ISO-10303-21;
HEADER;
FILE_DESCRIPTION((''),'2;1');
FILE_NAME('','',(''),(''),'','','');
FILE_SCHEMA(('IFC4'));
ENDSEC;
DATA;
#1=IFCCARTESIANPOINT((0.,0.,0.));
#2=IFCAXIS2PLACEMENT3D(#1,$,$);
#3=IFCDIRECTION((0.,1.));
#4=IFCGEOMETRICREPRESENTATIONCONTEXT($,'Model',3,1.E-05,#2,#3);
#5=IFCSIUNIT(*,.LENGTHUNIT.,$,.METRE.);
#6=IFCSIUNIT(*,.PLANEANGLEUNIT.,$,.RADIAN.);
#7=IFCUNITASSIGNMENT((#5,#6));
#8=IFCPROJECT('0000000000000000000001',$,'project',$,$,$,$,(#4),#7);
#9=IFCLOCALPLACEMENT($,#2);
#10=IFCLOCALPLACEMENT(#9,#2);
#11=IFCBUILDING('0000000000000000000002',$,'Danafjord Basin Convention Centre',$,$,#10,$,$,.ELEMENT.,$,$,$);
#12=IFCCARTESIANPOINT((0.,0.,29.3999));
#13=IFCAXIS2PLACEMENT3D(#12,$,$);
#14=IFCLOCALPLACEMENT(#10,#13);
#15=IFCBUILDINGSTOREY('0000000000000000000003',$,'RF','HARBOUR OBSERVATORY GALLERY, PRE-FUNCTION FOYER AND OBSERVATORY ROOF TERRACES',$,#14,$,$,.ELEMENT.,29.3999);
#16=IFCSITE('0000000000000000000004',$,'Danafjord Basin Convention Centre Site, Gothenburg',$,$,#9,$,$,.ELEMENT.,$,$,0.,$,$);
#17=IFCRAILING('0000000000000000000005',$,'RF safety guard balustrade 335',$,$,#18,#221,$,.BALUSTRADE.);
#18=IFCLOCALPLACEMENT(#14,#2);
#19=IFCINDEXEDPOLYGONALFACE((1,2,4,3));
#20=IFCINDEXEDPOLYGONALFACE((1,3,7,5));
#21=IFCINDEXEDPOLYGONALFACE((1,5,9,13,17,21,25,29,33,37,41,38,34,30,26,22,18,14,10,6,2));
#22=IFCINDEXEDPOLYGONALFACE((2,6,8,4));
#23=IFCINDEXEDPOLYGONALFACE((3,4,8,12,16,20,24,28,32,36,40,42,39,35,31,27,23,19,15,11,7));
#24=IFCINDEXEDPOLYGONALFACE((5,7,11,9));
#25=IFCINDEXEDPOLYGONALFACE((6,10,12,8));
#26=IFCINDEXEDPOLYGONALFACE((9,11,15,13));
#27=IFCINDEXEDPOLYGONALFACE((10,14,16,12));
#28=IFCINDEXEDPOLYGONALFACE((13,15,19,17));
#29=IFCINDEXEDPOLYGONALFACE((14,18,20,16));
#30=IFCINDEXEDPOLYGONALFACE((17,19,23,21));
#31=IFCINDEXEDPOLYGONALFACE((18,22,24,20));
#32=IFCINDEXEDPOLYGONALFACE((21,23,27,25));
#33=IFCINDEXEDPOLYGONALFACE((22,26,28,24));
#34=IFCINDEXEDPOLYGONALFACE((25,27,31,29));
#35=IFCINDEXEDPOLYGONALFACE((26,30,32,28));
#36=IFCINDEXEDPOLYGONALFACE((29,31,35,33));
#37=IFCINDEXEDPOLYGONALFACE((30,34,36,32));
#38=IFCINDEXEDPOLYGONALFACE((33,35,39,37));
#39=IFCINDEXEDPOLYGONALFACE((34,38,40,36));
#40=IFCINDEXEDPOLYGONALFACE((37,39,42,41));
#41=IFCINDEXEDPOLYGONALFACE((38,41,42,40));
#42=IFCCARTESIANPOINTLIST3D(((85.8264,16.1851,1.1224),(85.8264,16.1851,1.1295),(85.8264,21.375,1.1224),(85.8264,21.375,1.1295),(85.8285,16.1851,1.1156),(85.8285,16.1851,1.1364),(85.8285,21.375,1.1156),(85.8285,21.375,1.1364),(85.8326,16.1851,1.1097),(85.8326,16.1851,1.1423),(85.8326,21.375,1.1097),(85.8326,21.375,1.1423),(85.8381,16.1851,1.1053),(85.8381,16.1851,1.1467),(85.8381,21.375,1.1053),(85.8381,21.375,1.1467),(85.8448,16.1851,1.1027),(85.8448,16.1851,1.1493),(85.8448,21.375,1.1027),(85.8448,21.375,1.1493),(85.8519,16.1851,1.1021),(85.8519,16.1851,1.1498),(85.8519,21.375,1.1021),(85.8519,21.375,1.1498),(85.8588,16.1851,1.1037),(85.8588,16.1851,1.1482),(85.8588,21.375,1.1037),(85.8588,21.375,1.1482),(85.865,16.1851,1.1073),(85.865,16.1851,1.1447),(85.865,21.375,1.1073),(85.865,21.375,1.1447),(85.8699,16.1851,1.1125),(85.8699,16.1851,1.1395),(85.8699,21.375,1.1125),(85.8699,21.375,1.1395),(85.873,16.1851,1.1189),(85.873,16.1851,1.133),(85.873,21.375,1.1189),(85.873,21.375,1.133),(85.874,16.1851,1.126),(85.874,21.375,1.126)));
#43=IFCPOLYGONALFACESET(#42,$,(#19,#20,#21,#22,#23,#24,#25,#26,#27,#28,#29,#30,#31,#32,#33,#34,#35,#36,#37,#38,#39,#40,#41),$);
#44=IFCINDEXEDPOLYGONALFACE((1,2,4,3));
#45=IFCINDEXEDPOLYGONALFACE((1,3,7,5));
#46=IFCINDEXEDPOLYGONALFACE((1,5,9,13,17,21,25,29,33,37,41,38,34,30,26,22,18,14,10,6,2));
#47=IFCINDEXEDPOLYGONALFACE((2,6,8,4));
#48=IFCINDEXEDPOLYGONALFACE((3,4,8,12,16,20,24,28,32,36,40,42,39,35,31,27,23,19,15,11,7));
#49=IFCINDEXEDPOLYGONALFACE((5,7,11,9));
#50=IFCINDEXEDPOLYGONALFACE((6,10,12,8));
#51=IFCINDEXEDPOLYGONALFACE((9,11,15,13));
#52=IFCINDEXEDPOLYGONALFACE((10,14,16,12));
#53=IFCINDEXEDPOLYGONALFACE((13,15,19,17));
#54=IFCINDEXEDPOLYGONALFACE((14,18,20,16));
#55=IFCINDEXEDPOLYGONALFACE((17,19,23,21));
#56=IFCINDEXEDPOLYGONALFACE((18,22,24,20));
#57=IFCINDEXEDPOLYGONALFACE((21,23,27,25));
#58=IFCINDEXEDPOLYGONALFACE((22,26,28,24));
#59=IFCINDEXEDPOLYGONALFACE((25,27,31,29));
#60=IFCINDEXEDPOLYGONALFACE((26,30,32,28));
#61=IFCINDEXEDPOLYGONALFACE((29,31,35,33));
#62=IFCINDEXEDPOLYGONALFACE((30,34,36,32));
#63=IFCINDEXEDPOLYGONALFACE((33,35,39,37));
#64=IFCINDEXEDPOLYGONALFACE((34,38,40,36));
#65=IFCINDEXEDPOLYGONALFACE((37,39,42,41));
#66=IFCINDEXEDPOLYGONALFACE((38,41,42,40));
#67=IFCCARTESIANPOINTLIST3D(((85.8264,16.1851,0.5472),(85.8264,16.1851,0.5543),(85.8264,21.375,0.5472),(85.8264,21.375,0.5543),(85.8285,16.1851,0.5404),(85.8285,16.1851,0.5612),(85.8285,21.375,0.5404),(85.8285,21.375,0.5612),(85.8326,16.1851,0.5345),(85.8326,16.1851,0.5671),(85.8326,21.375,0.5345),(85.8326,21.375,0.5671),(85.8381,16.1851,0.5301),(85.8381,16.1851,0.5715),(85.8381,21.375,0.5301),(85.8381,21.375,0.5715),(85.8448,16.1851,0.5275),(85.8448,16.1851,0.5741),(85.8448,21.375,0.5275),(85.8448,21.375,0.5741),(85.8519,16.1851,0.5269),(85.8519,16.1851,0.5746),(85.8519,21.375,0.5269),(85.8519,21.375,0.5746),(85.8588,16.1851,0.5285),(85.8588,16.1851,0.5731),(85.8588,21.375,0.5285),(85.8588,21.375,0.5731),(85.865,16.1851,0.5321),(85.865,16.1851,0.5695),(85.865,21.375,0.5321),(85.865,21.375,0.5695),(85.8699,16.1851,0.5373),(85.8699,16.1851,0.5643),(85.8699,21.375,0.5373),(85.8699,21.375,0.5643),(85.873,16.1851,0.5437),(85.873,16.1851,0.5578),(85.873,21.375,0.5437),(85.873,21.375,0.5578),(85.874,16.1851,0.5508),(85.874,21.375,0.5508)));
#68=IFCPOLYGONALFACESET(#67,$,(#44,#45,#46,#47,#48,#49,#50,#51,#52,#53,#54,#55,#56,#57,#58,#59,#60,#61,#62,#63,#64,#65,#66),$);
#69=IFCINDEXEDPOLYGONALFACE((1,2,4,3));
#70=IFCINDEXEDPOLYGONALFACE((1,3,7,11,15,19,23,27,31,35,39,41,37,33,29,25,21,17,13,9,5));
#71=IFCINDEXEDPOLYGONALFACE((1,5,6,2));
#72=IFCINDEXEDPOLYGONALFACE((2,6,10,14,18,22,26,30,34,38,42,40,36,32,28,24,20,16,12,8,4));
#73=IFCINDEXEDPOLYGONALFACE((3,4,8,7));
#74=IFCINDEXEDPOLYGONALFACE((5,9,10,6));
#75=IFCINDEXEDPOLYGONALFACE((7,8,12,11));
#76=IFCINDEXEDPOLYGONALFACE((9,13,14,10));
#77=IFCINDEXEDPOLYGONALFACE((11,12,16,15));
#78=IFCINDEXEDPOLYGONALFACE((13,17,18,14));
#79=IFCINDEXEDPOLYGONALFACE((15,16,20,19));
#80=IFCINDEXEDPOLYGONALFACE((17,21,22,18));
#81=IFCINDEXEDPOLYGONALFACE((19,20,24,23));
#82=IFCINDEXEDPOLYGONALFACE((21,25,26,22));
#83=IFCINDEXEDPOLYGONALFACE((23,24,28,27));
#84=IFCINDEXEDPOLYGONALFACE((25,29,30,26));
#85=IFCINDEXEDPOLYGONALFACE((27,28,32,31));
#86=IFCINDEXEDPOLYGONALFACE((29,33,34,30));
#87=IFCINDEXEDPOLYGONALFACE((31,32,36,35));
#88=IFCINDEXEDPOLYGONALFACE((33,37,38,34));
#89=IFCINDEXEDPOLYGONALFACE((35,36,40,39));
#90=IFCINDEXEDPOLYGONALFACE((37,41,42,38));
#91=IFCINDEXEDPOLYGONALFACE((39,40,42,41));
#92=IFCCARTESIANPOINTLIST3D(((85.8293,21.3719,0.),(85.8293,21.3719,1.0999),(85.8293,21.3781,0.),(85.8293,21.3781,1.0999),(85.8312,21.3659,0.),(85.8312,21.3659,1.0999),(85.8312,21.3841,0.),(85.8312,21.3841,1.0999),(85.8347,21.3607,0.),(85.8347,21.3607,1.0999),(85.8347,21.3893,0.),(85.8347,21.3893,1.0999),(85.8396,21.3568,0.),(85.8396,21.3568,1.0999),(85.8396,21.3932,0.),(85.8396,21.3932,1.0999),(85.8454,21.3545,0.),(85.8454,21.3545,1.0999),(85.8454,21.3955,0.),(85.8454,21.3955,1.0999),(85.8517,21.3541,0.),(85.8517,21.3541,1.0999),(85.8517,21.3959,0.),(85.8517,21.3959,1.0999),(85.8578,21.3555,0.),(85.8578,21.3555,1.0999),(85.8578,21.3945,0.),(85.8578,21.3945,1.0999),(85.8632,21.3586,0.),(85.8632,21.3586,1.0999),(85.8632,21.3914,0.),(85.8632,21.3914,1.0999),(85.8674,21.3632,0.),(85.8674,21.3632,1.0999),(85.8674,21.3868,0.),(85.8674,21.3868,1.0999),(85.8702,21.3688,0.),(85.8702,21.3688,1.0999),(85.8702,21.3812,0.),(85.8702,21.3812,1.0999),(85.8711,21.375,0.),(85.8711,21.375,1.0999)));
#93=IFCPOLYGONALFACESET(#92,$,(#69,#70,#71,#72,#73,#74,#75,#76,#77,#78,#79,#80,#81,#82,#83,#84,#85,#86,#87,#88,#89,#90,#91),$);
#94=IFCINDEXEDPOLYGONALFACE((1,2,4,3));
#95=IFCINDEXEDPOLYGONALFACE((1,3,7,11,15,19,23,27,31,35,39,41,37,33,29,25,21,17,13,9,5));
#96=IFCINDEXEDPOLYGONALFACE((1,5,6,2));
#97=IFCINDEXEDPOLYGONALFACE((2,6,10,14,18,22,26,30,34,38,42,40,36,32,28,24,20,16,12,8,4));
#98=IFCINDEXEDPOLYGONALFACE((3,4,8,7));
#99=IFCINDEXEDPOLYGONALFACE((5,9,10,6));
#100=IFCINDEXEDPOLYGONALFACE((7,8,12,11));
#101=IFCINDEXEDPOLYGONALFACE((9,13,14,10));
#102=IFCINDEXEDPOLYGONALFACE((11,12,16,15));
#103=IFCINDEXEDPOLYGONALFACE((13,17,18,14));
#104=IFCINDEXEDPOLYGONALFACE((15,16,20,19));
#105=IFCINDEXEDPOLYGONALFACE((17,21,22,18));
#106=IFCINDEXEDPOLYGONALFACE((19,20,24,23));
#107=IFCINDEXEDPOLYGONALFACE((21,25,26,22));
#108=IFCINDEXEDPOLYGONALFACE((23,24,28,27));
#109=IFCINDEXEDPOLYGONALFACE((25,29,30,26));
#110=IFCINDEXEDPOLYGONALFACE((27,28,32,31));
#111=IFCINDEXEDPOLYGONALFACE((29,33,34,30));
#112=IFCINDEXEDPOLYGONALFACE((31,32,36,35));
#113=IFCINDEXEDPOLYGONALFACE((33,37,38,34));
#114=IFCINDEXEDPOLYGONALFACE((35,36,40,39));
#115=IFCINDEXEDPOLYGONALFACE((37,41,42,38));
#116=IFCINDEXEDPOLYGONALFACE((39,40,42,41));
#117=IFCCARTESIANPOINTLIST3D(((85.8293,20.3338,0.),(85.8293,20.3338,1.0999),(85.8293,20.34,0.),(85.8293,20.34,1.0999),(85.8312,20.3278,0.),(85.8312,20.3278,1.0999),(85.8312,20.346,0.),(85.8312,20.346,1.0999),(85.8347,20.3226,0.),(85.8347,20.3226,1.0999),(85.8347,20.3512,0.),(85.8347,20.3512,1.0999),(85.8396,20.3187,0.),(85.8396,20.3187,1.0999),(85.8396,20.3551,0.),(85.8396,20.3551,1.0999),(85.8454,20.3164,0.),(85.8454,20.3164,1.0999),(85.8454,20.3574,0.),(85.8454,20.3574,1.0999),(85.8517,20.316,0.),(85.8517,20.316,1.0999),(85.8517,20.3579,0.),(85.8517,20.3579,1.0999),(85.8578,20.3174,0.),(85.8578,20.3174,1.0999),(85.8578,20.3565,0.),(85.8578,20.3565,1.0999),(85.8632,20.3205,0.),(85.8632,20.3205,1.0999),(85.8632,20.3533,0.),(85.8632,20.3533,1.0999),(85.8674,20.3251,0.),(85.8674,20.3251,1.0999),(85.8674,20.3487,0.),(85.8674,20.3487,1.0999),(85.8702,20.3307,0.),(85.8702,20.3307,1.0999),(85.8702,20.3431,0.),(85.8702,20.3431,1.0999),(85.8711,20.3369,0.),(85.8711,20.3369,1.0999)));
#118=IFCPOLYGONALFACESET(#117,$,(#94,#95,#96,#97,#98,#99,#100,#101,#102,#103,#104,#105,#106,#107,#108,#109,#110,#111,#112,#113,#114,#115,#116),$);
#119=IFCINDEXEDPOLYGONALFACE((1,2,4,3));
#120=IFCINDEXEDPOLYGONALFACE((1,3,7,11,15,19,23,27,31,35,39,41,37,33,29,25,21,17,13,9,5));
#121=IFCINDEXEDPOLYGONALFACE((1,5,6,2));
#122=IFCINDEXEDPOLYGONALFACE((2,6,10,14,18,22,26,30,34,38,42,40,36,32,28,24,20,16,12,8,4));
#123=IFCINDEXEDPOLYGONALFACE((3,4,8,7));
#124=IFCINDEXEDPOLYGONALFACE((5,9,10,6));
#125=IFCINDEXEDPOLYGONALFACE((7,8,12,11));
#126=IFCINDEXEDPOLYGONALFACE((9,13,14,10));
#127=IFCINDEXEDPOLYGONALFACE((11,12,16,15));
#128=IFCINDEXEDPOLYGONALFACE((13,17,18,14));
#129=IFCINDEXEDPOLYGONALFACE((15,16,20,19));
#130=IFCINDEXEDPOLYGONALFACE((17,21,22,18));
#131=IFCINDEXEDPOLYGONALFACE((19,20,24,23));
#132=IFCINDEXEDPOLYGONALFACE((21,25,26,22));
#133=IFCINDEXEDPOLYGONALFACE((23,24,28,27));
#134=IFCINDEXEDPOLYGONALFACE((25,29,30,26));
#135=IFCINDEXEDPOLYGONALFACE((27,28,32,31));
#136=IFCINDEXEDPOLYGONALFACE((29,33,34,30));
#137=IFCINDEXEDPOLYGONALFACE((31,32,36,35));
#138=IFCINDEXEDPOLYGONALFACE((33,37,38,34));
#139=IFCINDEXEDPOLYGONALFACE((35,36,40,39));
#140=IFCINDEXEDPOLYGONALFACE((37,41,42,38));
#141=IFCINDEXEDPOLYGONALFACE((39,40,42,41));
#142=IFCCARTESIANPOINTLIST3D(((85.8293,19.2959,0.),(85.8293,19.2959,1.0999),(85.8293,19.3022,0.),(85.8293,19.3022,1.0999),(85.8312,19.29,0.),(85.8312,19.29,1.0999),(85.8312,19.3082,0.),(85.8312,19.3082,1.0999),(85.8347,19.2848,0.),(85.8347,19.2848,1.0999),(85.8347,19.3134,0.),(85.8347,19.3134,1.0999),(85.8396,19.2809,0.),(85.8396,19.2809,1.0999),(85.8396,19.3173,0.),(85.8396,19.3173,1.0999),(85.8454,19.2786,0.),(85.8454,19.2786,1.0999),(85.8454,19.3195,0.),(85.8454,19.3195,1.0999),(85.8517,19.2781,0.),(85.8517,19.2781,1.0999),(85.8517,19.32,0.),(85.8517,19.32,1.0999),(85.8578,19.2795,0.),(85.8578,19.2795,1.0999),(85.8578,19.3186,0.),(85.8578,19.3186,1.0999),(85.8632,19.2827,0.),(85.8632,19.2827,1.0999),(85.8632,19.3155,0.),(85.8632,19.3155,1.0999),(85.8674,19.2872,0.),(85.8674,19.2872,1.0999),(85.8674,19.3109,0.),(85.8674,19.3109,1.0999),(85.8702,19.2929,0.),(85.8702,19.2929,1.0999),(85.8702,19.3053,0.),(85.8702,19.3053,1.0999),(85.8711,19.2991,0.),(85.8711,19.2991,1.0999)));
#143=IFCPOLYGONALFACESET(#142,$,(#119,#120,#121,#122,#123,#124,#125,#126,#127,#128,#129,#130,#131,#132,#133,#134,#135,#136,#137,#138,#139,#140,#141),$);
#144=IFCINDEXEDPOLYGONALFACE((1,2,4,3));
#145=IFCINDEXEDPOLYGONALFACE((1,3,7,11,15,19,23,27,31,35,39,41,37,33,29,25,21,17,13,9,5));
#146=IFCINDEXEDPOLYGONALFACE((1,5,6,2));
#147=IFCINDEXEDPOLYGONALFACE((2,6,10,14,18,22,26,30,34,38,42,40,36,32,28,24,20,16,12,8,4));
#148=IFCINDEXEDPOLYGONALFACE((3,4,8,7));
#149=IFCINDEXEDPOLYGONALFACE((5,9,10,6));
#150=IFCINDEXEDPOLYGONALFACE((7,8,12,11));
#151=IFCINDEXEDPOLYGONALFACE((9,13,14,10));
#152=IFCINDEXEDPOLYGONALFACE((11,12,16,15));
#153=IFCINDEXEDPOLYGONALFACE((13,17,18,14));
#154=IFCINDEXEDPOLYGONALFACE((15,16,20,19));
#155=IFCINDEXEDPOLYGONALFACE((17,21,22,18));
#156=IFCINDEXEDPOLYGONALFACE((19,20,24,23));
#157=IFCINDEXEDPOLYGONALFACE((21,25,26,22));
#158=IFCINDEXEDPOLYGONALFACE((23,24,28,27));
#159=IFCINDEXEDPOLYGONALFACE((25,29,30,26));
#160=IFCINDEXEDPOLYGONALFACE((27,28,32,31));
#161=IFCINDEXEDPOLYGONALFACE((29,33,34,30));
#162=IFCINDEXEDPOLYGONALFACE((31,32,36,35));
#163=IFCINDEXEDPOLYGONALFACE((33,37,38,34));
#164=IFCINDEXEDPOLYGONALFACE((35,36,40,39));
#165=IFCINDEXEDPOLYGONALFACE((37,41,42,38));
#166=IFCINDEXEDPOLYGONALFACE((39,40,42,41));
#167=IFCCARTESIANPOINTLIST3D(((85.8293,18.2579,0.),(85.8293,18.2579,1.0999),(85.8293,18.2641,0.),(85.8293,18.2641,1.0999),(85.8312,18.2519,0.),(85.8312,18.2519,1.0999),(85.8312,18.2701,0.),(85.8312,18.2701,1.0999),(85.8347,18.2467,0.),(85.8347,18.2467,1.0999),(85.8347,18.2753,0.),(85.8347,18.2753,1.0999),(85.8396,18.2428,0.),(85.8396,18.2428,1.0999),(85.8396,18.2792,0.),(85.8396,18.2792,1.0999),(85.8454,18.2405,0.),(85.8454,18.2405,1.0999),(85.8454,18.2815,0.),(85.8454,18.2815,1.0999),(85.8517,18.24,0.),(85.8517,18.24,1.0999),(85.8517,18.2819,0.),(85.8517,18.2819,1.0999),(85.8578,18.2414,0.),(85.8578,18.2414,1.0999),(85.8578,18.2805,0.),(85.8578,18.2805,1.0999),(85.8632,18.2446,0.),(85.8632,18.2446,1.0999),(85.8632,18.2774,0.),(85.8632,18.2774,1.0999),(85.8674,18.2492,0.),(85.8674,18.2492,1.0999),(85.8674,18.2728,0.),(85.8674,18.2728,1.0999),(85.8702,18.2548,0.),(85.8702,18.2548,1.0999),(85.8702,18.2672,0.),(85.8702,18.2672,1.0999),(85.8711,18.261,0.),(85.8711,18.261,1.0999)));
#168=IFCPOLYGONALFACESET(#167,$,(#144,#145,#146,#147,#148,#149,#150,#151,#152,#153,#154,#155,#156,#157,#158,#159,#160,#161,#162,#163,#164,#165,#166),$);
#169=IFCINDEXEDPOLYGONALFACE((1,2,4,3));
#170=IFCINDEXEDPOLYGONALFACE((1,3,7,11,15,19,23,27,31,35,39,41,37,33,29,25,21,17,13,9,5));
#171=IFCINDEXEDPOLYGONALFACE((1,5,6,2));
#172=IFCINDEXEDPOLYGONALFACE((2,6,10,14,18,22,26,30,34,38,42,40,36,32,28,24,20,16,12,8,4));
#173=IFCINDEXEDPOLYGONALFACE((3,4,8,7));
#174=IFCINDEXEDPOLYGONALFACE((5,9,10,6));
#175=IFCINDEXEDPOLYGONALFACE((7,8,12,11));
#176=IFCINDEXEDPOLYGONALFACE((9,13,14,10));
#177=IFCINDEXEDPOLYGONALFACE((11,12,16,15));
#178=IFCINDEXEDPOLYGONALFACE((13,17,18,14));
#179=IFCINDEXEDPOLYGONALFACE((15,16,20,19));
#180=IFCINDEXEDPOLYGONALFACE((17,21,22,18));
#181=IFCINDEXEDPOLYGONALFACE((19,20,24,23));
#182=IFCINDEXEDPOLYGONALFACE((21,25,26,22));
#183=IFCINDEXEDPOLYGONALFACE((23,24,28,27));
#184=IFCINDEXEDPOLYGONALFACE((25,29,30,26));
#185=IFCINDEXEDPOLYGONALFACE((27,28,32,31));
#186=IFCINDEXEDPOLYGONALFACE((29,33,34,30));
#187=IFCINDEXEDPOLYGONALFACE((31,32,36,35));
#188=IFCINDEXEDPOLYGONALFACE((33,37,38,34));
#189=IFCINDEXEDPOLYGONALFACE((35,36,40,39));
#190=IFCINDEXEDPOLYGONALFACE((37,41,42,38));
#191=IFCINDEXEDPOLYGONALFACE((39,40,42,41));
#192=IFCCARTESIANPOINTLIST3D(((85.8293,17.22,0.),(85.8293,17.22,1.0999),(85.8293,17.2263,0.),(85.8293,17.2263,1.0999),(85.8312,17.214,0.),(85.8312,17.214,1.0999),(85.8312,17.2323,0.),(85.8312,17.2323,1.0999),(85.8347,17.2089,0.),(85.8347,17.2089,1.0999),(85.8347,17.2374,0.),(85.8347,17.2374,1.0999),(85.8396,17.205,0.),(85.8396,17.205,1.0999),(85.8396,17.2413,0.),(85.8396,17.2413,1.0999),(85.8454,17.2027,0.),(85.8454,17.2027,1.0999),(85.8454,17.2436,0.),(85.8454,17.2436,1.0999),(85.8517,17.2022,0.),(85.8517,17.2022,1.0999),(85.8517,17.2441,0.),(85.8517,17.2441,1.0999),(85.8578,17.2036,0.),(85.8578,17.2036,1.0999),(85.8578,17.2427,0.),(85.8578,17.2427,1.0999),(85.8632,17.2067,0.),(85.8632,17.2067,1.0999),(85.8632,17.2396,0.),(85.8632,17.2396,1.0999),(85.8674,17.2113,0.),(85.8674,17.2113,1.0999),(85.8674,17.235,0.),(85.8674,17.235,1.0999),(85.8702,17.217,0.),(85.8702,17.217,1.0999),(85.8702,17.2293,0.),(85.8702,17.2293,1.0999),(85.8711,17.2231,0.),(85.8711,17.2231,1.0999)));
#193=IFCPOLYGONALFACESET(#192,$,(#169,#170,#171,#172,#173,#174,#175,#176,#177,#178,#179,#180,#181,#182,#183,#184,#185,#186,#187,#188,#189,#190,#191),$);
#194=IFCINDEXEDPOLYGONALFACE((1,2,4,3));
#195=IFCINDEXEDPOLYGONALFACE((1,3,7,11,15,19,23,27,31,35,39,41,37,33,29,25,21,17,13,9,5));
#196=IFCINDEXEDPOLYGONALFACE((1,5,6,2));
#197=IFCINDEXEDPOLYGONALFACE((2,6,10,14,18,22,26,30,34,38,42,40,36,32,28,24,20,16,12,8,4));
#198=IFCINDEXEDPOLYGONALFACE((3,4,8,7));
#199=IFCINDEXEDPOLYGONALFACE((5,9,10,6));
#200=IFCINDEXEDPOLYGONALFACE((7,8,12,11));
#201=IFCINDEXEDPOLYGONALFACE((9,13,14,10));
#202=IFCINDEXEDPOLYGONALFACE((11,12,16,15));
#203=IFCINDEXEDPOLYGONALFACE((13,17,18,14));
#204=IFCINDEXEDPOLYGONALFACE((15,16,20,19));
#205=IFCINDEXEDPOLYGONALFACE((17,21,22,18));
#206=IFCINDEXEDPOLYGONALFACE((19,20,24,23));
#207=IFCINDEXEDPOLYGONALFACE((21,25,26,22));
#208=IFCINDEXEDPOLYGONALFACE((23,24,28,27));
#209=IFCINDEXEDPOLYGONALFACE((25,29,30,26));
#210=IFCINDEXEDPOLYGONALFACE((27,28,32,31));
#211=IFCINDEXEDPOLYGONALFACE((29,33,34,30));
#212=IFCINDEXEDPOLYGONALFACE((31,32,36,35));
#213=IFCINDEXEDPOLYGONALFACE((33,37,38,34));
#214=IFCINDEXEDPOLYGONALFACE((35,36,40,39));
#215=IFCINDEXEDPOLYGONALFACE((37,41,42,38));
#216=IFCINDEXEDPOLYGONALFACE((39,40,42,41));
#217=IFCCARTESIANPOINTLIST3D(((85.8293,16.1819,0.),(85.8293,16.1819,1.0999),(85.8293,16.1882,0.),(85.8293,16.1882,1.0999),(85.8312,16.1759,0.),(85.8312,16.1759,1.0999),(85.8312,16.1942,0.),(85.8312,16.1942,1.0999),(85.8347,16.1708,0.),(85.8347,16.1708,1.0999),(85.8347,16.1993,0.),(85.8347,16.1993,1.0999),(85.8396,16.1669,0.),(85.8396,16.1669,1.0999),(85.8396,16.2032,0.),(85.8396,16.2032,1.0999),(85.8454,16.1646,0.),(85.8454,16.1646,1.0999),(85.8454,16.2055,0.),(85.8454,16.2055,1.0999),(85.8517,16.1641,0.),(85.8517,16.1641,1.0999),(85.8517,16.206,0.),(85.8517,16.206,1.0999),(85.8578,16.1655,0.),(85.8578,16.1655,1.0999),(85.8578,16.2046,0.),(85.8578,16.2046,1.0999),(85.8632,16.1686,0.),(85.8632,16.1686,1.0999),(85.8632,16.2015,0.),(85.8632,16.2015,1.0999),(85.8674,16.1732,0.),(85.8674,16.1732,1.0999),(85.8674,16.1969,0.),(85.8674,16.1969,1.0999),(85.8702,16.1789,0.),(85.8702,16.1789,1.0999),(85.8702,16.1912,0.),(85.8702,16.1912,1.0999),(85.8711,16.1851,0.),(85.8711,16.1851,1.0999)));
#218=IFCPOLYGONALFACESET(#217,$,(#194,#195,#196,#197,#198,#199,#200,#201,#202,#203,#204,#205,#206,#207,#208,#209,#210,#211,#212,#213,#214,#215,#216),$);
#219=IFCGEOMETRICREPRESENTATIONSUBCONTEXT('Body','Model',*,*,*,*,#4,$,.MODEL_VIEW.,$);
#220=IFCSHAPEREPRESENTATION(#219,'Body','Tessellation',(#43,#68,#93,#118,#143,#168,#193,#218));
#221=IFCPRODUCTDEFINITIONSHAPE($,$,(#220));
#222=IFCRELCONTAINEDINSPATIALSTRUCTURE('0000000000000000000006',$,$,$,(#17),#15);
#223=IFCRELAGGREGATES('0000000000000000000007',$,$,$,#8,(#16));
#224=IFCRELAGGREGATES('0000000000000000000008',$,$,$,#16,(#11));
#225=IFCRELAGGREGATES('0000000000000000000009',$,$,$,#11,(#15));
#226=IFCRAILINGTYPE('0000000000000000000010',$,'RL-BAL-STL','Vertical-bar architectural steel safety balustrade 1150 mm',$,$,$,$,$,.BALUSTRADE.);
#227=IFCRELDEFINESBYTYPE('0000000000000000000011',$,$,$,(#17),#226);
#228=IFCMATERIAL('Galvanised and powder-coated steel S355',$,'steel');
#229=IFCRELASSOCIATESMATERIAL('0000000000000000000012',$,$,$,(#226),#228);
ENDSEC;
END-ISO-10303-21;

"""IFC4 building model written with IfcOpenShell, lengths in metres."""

from ifc_helpers import new_model, si_unit, direction, frame, origin, origin_2d, place, context, subcontext, project, spatial, circle, extrude, material, type_object, element, save


model = new_model("IFC4")

# Units and contexts
model_context = context("Model", 3, precision=1e-05, world=origin(), true_north=direction((0.0, 1.0)))
body_context = subcontext(model_context, "Body", "Model", "MODEL_VIEW")
ifc_project = project(units=[si_unit("LENGTHUNIT", "METRE"), si_unit("PLANEANGLEUNIT", "RADIAN")], contexts=[model_context])

# Site, building, storey
site_placement = place(None, origin())
site = spatial("IfcSite", under=ifc_project, at=site_placement, Name="Danafjord Basin Convention Centre Site, Gothenburg", CompositionType="ELEMENT", RefElevation=0.0)
building_placement = place(site_placement, origin())
building = spatial("IfcBuilding", under=site, at=building_placement, Name="Danafjord Basin Convention Centre", CompositionType="ELEMENT")
storey_placement = place(building_placement, frame((0.0, 0.0, 29.3999)))
storey = spatial("IfcBuildingStorey", under=building, at=storey_placement, Name="RF", Description="HARBOUR OBSERVATORY GALLERY, PRE-FUNCTION FOYER AND OBSERVATORY ROOF TERRACES", CompositionType="ELEMENT", Elevation=29.3999)

# Railing
ifc_material_1 = material(Name="Galvanised and powder-coated steel S355", Category="steel")
railing_type_1 = type_object("IfcRailingType", Name="RL-BAL-STL", Description="Vertical-bar architectural steel safety balustrade 1150 mm", PredefinedType="BALUSTRADE", material=ifc_material_1)
railing_1_placement = place(storey_placement, frame((85.8501, 21.375, 0.0)))
element("IfcRailing", 1, at=railing_1_placement, inside=storey, type_object=railing_type_1, Name="RF safety guard balustrade 335", PredefinedType="BALUSTRADE", context=body_context, shape_type="SweptSolid", body=[
    extrude(circle(Radius=0.0239, at=origin_2d()), frame((0.0, 0.0, 1.126), z_axis=(0.0, -1.0, 0.0), x_axis=(1.0, 0.0, 0.0)), (0.0, 0.0, 1.0), 5.1899),
    extrude(circle(Radius=0.0239, at=origin_2d()), frame((0.0, 0.0, 0.5508), z_axis=(0.0, -1.0, 0.0), x_axis=(1.0, 0.0, 0.0)), (0.0, 0.0, 1.0), 5.1899),
    extrude(circle(Radius=0.021, at=origin_2d()), origin(), (0.0, 0.0, 1.0), 1.0999),
    extrude(circle(Radius=0.021, at=origin_2d()), frame((0.0, -1.0381, 0.0)), (0.0, 0.0, 1.0), 1.0999),
    extrude(circle(Radius=0.021, at=origin_2d()), frame((0.0, -2.0759, 0.0)), (0.0, 0.0, 1.0), 1.0999),
    extrude(circle(Radius=0.021, at=origin_2d()), frame((0.0, -3.114, 0.0)), (0.0, 0.0, 1.0), 1.0999),
    extrude(circle(Radius=0.021, at=origin_2d()), frame((0.0, -4.1519, 0.0)), (0.0, 0.0, 1.0), 1.0999),
    extrude(circle(Radius=0.021, at=origin_2d()), frame((0.0, -5.1899, 0.0)), (0.0, 0.0, 1.0), 1.0999),
])

save(model, "model.ifc")
